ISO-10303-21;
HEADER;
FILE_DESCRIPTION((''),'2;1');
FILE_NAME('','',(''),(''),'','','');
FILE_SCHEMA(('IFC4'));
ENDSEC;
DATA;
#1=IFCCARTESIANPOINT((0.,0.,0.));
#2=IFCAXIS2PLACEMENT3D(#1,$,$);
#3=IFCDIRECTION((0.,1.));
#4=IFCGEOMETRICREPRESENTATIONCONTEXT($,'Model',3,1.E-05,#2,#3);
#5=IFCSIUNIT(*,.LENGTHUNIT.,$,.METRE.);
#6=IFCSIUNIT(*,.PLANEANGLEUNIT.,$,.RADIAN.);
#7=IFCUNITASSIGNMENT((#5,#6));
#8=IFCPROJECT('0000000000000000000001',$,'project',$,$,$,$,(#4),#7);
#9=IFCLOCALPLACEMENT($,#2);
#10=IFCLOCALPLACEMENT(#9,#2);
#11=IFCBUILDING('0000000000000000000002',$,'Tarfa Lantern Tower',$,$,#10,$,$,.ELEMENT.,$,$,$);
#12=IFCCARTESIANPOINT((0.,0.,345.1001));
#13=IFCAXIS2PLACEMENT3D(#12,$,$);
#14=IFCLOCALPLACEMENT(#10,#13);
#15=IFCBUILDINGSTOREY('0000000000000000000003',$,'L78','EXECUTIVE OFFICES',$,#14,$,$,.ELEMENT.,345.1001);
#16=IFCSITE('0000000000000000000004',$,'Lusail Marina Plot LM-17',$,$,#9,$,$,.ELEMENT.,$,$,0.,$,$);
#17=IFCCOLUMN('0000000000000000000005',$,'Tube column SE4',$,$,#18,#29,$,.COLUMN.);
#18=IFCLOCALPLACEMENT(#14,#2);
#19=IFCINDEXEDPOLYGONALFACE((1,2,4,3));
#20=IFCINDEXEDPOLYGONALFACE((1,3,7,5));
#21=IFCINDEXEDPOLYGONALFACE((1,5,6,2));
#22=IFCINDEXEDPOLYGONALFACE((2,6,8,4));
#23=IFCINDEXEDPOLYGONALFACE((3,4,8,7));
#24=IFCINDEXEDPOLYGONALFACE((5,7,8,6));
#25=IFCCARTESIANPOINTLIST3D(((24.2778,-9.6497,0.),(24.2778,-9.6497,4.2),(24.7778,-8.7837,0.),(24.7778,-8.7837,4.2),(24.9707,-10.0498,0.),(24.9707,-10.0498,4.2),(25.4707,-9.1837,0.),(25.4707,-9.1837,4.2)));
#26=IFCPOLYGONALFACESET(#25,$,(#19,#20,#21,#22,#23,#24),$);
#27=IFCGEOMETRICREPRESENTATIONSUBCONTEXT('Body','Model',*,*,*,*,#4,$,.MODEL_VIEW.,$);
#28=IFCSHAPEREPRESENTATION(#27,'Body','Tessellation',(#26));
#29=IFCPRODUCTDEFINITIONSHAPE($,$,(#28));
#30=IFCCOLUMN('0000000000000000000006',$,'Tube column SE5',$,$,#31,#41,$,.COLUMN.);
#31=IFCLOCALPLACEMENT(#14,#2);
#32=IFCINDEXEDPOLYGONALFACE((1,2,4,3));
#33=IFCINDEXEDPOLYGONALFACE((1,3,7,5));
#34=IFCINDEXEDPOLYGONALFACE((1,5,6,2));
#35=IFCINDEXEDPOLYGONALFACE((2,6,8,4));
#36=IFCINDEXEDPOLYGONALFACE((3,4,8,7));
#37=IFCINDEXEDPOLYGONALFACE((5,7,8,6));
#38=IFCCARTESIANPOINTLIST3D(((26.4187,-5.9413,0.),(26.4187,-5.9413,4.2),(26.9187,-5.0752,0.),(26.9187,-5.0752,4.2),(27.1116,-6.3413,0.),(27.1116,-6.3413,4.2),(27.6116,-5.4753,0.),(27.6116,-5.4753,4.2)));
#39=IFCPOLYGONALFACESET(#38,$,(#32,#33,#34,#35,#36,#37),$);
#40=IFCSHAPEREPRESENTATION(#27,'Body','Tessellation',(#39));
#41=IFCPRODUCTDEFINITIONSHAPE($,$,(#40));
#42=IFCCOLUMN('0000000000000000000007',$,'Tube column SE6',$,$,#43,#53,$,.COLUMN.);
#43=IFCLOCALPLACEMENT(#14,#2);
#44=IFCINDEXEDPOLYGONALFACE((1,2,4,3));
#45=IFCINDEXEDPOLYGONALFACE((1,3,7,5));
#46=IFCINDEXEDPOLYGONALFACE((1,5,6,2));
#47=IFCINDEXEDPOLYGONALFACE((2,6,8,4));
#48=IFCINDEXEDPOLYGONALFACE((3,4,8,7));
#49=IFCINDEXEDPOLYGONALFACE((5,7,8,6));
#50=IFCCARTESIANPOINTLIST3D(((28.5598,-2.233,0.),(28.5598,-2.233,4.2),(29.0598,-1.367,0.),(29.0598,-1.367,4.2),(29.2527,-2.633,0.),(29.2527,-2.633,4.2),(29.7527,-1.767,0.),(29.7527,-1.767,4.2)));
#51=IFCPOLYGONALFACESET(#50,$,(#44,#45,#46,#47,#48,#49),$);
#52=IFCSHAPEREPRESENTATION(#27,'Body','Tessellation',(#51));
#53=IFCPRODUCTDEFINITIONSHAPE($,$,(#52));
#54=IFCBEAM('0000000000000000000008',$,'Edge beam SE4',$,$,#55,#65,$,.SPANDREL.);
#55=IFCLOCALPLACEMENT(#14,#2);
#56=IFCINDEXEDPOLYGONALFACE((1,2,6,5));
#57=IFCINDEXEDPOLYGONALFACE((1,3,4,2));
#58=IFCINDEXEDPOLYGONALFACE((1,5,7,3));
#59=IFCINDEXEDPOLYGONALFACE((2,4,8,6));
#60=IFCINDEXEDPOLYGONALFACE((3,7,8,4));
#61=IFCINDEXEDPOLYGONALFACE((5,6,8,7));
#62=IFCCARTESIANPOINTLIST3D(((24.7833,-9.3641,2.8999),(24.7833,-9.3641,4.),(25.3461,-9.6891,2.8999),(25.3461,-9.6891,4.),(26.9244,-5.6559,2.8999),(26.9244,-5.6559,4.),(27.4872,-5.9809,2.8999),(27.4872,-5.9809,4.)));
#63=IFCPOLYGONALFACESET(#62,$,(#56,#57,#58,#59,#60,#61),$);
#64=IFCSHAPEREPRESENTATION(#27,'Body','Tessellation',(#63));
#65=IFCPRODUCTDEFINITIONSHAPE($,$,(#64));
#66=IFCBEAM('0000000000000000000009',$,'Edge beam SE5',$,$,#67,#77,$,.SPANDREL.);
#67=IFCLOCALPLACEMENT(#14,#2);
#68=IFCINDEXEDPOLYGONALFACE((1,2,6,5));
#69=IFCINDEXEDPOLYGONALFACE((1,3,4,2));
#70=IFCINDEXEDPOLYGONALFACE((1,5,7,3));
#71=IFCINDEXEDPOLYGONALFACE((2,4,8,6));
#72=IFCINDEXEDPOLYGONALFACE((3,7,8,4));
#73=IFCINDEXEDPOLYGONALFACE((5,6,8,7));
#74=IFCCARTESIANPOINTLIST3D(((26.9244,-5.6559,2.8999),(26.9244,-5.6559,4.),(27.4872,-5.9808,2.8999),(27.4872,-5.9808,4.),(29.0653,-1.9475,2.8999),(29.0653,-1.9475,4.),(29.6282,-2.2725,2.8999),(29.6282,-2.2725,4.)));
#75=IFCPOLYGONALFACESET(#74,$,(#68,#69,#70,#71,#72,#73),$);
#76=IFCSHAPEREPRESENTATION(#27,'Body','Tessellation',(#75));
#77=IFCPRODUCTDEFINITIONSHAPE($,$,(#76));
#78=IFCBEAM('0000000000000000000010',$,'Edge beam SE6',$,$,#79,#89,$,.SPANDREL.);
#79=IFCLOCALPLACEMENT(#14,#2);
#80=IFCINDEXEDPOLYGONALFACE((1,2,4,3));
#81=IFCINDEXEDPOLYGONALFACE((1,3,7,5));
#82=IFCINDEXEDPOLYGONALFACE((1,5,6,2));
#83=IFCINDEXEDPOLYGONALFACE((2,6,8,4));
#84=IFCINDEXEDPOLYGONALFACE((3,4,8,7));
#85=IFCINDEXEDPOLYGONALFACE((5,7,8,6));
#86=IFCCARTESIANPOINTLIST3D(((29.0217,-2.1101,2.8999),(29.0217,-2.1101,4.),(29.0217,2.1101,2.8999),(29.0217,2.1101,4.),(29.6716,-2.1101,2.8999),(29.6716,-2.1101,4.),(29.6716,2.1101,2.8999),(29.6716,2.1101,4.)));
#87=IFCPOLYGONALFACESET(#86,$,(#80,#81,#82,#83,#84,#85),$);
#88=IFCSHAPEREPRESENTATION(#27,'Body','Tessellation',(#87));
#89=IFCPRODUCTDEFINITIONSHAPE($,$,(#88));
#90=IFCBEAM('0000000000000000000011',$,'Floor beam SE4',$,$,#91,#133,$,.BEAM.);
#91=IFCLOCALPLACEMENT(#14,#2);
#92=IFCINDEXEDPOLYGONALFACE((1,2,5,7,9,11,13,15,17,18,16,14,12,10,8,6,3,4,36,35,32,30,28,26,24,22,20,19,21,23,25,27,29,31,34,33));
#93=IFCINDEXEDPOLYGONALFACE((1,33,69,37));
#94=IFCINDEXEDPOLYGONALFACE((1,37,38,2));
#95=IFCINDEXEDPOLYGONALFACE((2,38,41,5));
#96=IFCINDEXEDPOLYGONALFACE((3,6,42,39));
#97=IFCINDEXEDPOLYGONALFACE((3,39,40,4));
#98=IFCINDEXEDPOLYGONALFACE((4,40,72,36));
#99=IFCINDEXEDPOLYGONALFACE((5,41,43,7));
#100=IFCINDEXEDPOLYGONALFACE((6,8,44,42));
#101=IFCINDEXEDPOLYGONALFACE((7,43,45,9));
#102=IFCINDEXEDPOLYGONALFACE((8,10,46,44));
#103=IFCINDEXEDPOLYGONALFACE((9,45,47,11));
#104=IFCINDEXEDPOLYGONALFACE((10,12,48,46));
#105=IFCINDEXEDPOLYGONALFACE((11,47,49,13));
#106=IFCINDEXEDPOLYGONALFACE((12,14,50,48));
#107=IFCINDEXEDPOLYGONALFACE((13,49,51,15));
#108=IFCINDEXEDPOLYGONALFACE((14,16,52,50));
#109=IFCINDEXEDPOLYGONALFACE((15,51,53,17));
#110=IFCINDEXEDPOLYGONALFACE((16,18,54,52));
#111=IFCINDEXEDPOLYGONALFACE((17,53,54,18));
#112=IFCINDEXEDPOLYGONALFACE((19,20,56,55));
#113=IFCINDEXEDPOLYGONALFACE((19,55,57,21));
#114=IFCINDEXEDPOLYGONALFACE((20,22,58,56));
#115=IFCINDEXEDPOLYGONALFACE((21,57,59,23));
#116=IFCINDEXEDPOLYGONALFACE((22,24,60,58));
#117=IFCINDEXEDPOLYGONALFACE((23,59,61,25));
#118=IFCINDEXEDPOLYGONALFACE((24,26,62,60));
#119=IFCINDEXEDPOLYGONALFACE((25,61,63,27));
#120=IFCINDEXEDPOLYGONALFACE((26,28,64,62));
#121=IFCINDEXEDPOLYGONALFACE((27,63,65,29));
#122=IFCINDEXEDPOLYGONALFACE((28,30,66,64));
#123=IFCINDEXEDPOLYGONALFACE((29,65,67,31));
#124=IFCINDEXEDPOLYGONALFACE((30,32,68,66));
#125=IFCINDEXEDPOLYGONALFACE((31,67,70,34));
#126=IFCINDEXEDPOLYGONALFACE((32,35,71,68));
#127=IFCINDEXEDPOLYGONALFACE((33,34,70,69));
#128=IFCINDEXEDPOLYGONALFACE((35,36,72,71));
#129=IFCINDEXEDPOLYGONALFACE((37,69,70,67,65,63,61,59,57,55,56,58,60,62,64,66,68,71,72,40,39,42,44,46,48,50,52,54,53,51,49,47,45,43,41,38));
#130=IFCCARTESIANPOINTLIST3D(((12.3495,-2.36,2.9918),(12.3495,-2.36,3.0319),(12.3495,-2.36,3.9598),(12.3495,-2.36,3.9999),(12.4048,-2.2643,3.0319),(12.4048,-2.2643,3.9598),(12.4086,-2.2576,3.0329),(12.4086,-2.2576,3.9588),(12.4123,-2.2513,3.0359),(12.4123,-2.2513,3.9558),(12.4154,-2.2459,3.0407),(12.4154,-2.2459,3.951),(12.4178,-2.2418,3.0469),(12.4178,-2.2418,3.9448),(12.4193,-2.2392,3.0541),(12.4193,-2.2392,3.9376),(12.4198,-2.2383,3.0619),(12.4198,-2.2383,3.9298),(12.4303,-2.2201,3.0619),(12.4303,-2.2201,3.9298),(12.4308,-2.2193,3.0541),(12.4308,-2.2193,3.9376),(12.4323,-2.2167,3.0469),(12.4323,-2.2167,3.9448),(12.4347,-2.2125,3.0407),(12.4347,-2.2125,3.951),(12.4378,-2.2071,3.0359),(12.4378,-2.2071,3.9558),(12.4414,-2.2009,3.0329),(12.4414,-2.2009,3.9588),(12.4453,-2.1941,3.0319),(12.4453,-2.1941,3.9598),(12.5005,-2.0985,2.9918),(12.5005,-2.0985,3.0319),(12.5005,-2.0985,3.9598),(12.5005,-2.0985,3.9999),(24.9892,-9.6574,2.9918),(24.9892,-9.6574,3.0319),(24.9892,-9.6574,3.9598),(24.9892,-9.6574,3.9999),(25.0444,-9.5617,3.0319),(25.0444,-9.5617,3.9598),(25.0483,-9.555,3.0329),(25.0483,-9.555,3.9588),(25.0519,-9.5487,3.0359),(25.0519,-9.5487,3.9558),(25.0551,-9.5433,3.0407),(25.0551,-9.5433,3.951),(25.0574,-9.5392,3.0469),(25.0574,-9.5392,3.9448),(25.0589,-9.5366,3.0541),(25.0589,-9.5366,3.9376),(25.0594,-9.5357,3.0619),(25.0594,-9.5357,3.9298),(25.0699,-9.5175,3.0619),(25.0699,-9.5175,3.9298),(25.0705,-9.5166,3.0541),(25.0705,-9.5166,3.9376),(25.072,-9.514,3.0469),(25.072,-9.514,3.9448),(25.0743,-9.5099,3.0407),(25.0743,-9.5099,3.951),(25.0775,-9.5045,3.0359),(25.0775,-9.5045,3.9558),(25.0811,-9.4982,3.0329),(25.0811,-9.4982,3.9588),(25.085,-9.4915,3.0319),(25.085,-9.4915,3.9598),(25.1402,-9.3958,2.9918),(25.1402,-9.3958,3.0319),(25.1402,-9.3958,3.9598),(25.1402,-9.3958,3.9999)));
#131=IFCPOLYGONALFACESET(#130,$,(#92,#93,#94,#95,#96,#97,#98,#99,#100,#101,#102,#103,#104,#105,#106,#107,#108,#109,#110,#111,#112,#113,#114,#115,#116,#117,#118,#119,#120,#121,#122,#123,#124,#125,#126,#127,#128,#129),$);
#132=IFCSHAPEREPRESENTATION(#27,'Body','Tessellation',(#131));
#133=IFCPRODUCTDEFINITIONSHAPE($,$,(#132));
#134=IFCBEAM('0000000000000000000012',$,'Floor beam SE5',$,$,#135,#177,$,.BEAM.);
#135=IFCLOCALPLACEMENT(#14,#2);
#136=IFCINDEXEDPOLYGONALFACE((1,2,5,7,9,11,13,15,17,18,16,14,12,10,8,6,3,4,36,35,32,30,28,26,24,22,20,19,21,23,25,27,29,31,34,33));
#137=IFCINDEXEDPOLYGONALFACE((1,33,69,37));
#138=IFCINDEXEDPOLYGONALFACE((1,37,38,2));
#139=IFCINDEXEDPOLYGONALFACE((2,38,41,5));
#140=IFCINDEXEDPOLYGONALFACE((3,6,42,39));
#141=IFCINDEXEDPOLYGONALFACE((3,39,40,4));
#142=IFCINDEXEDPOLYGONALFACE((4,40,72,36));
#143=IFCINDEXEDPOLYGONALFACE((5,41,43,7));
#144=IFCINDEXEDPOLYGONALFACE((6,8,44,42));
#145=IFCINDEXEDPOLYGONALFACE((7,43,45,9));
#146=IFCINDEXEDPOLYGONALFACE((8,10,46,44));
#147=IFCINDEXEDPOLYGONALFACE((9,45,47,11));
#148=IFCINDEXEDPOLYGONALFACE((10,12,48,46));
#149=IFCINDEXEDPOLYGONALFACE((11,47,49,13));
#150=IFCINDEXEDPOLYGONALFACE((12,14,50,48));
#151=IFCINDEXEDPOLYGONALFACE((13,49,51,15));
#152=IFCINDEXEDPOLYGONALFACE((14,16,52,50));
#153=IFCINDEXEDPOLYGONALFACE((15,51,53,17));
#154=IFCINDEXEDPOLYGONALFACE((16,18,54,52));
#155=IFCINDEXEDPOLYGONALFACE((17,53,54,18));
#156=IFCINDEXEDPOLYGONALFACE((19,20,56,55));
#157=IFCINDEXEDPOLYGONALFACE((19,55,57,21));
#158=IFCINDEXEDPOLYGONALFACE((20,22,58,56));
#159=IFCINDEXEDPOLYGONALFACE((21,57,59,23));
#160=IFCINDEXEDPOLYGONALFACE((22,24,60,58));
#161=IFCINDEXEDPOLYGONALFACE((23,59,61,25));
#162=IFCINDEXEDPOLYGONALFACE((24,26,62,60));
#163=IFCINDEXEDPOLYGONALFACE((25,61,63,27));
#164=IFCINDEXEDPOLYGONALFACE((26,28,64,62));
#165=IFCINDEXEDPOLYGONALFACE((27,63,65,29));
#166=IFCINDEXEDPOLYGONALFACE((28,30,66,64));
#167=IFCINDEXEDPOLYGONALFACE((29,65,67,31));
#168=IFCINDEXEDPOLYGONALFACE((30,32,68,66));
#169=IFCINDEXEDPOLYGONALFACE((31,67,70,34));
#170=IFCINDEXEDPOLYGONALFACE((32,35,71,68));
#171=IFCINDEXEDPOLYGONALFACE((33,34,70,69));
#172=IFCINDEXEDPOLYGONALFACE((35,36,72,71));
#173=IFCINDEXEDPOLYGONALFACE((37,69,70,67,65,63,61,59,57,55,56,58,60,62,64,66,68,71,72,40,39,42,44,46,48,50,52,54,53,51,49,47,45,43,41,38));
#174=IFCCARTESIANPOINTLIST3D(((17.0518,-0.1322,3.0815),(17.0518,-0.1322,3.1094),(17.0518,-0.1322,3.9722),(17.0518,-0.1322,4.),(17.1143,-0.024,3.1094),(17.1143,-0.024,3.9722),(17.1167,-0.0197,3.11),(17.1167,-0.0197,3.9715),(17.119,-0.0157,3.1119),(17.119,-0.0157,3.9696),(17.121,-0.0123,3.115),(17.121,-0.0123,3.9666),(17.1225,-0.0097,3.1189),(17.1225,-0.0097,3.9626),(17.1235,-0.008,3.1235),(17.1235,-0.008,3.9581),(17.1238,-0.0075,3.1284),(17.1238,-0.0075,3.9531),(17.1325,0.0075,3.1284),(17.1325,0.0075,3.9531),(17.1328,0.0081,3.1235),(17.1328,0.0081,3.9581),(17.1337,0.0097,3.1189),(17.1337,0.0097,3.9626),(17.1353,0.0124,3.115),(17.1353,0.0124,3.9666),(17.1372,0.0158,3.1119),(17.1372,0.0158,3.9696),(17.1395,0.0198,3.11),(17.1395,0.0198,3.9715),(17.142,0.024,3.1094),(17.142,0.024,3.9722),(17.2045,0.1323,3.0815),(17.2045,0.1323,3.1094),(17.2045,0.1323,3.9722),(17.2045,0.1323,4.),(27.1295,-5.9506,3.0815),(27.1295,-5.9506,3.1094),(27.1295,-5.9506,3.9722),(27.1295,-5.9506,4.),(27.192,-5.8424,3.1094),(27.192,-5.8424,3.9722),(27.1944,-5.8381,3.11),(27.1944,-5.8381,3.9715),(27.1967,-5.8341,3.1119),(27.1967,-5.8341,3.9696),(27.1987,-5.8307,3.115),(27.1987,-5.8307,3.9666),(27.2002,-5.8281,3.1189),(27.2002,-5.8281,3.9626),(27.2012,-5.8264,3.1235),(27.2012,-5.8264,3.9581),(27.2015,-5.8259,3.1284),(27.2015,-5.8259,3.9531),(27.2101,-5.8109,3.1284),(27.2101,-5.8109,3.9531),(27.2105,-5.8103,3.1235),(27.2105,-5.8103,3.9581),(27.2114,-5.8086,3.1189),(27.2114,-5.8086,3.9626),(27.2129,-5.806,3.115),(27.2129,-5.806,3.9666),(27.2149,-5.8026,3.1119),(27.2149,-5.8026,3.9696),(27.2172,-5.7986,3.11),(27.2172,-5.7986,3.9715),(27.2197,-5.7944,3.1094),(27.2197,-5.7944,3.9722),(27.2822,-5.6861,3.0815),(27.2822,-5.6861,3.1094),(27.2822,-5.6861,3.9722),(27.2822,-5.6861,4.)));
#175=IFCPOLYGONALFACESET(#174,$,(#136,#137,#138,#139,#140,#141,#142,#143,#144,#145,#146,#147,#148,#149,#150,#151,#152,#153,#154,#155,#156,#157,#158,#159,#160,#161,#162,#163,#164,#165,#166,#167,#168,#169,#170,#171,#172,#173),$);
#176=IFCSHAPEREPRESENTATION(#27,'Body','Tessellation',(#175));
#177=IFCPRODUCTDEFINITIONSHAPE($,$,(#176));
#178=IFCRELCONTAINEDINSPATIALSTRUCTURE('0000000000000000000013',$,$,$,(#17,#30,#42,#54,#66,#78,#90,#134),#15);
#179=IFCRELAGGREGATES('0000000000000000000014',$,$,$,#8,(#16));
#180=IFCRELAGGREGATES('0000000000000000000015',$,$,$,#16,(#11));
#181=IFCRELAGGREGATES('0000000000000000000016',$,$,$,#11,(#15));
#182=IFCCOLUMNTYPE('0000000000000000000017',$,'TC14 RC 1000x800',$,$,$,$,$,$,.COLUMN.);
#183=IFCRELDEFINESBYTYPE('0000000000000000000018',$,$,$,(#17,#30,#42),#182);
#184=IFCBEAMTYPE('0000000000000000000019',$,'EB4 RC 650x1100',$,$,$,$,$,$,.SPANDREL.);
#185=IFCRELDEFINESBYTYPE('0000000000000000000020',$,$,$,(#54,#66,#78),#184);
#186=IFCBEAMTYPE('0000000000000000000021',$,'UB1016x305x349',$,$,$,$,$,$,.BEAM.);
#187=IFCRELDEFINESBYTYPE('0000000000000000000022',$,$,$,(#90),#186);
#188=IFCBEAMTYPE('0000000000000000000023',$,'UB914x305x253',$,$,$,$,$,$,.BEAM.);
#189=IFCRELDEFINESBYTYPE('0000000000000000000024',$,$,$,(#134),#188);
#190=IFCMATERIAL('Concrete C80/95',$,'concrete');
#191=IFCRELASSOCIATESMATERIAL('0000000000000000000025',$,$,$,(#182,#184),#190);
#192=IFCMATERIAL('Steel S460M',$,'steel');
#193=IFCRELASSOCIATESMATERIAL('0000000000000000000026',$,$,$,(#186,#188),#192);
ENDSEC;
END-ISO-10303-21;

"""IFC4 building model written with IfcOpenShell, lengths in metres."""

from ifc_helpers import new_model, si_unit, direction, frame, origin, origin_2d, place, context, subcontext, project, spatial, rectangle, i_section, extrude, material, material_profile, profile_set, type_object, element, save


model = new_model("IFC4")

# Units and contexts
model_context = context("Model", 3, precision=1e-05, world=origin(), true_north=direction((0.0, 1.0)))
body_context = subcontext(model_context, "Body", "Model", "MODEL_VIEW")
ifc_project = project(units=[si_unit("LENGTHUNIT", "METRE"), si_unit("PLANEANGLEUNIT", "RADIAN")], contexts=[model_context])

# Site, building, storey
site_placement = place(None, origin())
site = spatial("IfcSite", under=ifc_project, at=site_placement, Name="Lusail Marina Plot LM-17", CompositionType="ELEMENT", RefElevation=0.0)
building_placement = place(site_placement, origin())
building = spatial("IfcBuilding", under=site, at=building_placement, Name="Tarfa Lantern Tower", CompositionType="ELEMENT")
storey_placement = place(building_placement, frame((0.0, 0.0, 345.1001)))
storey = spatial("IfcBuildingStorey", under=building, at=storey_placement, Name="L78", Description="EXECUTIVE OFFICES", CompositionType="ELEMENT", Elevation=345.1001)

# Columns
ifc_material_1 = material(Name="Concrete C80/95", Category="concrete")
ifc_material_profile_1 = material_profile(ifc_material_1, rectangle(XDim=1.0, YDim=0.8, at=origin_2d()), Name="RC 1000x800")
ifc_profile_set_1 = profile_set([ifc_material_profile_1], Name="Concrete C80/95")
column_type = type_object("IfcColumnType", Name="TC14 RC 1000x800", PredefinedType="COLUMN", material=ifc_profile_set_1)
for number, where, z_axis, x_axis, name in (
    (1, (24.8743, -9.4167, 0.0), (0.0, 0.0, 1.0), (0.5, 0.866025, 0.0), "Tube column SE4"),
    (2, (27.0151, -5.7083, 0.0), (0.0, 0.0, 1.0), (0.5, 0.866025, 0.0), "Tube column SE5"),
    (3, (29.1562, -2.0, 0.0), (0.0, 0.0, 1.0), (0.5, 0.866025, 0.0), "Tube column SE6"),
):
    element("IfcColumn", number, at=place(storey_placement, frame(where, z_axis=z_axis, x_axis=x_axis)), inside=storey, type_object=column_type, Name=name, PredefinedType="COLUMN", context=body_context, shape_type="SweptSolid", body=[
        extrude(rectangle(XDim=1.0, YDim=0.8, at=origin_2d()), origin(), (0.0, 0.0, 1.0), 4.2),
    ])

# Beams
ifc_material_profile_2 = material_profile(ifc_material_1, rectangle(XDim=0.6499, YDim=1.1001, at=origin_2d()), Name="RC 650x1100")
ifc_profile_set_2 = profile_set([ifc_material_profile_2], Name="Concrete C80/95")
beam_type_1 = type_object("IfcBeamType", Name="EB4 RC 650x1100", PredefinedType="SPANDREL", material=ifc_profile_set_2)
for number, where, z_axis, x_axis, name in (
    (4, (25.0647, -9.5266, 3.45), (0.500027, 0.86601, 0.0), (-0.86601, 0.500027, 0.0), "Edge beam SE4"),
    (5, (27.2058, -5.8184, 3.45), (0.499984, 0.866035, 0.0), (-0.866035, 0.499984, 0.0), "Edge beam SE5"),
):
    element("IfcBeam", number, at=place(storey_placement, frame(where, z_axis=z_axis, x_axis=x_axis)), inside=storey, type_object=beam_type_1, Name=name, PredefinedType="SPANDREL", context=body_context, shape_type="SweptSolid", body=[
        extrude(rectangle(XDim=0.6499, YDim=1.1001, at=origin_2d()), origin(), (0.0, 0.0, 1.0), 4.282),
    ])
beam_1_placement = place(storey_placement, frame((29.3467, -2.1101, 3.45), z_axis=(0.0, 1.0, 0.0), x_axis=(-1.0, 0.0, 0.0)))
element("IfcBeam", 6, at=beam_1_placement, inside=storey, type_object=beam_type_1, Name="Edge beam SE6", PredefinedType="SPANDREL", context=body_context, shape_type="SweptSolid", body=[
    extrude(rectangle(XDim=0.6499, YDim=1.1001, at=origin_2d()), origin(), (0.0, 0.0, 1.0), 4.2202),
])
ifc_material_2 = material(Name="Steel S460M", Category="steel")
ifc_material_profile_3 = material_profile(ifc_material_2, i_section(OverallWidth=0.302, OverallDepth=1.0081, WebThickness=0.021, FlangeThickness=0.04, FilletRadius=0.03, at=origin_2d()), Name="UB1016x305x349")
ifc_profile_set_3 = profile_set([ifc_material_profile_3], Name="Steel S460M")
beam_type_2 = type_object("IfcBeamType", Name="UB1016x305x349", PredefinedType="BEAM", material=ifc_profile_set_3)
beam_2_placement = place(storey_placement, frame((25.0647, -9.5266, 3.4958), z_axis=(-0.86603, 0.499993, 0.0), x_axis=(-0.499993, -0.86603, 0.0)))
element("IfcBeam", 7, at=beam_2_placement, inside=storey, type_object=beam_type_2, Name="Floor beam SE4", PredefinedType="BEAM", context=body_context, shape_type="SweptSolid", body=[
    extrude(i_section(OverallWidth=0.302, OverallDepth=1.0081, WebThickness=0.021, FlangeThickness=0.04, FilletRadius=0.03, at=origin_2d()), origin(), (0.0, 0.0, 1.0), 14.595),
])
ifc_material_profile_4 = material_profile(ifc_material_2, i_section(OverallWidth=0.3054, OverallDepth=0.9185, WebThickness=0.0173, FlangeThickness=0.0278, FilletRadius=0.019, at=origin_2d()), Name="UB914x305x253")
ifc_profile_set_4 = profile_set([ifc_material_profile_4], Name="Steel S460M")
beam_type_3 = type_object("IfcBeamType", Name="UB914x305x253", PredefinedType="BEAM", material=ifc_profile_set_4)
beam_3_placement = place(storey_placement, frame((27.2058, -5.8184, 3.5408), z_axis=(-0.866024, 0.500002, 0.0), x_axis=(-0.500002, -0.866024, 0.0)))
element("IfcBeam", 8, at=beam_3_placement, inside=storey, type_object=beam_type_3, Name="Floor beam SE5", PredefinedType="BEAM", context=body_context, shape_type="SweptSolid", body=[
    extrude(i_section(OverallWidth=0.3054, OverallDepth=0.9185, WebThickness=0.0173, FlangeThickness=0.0278, FilletRadius=0.019, at=origin_2d()), origin(), (0.0, 0.0, 1.0), 11.6367),
])

save(model, "model.ifc")
